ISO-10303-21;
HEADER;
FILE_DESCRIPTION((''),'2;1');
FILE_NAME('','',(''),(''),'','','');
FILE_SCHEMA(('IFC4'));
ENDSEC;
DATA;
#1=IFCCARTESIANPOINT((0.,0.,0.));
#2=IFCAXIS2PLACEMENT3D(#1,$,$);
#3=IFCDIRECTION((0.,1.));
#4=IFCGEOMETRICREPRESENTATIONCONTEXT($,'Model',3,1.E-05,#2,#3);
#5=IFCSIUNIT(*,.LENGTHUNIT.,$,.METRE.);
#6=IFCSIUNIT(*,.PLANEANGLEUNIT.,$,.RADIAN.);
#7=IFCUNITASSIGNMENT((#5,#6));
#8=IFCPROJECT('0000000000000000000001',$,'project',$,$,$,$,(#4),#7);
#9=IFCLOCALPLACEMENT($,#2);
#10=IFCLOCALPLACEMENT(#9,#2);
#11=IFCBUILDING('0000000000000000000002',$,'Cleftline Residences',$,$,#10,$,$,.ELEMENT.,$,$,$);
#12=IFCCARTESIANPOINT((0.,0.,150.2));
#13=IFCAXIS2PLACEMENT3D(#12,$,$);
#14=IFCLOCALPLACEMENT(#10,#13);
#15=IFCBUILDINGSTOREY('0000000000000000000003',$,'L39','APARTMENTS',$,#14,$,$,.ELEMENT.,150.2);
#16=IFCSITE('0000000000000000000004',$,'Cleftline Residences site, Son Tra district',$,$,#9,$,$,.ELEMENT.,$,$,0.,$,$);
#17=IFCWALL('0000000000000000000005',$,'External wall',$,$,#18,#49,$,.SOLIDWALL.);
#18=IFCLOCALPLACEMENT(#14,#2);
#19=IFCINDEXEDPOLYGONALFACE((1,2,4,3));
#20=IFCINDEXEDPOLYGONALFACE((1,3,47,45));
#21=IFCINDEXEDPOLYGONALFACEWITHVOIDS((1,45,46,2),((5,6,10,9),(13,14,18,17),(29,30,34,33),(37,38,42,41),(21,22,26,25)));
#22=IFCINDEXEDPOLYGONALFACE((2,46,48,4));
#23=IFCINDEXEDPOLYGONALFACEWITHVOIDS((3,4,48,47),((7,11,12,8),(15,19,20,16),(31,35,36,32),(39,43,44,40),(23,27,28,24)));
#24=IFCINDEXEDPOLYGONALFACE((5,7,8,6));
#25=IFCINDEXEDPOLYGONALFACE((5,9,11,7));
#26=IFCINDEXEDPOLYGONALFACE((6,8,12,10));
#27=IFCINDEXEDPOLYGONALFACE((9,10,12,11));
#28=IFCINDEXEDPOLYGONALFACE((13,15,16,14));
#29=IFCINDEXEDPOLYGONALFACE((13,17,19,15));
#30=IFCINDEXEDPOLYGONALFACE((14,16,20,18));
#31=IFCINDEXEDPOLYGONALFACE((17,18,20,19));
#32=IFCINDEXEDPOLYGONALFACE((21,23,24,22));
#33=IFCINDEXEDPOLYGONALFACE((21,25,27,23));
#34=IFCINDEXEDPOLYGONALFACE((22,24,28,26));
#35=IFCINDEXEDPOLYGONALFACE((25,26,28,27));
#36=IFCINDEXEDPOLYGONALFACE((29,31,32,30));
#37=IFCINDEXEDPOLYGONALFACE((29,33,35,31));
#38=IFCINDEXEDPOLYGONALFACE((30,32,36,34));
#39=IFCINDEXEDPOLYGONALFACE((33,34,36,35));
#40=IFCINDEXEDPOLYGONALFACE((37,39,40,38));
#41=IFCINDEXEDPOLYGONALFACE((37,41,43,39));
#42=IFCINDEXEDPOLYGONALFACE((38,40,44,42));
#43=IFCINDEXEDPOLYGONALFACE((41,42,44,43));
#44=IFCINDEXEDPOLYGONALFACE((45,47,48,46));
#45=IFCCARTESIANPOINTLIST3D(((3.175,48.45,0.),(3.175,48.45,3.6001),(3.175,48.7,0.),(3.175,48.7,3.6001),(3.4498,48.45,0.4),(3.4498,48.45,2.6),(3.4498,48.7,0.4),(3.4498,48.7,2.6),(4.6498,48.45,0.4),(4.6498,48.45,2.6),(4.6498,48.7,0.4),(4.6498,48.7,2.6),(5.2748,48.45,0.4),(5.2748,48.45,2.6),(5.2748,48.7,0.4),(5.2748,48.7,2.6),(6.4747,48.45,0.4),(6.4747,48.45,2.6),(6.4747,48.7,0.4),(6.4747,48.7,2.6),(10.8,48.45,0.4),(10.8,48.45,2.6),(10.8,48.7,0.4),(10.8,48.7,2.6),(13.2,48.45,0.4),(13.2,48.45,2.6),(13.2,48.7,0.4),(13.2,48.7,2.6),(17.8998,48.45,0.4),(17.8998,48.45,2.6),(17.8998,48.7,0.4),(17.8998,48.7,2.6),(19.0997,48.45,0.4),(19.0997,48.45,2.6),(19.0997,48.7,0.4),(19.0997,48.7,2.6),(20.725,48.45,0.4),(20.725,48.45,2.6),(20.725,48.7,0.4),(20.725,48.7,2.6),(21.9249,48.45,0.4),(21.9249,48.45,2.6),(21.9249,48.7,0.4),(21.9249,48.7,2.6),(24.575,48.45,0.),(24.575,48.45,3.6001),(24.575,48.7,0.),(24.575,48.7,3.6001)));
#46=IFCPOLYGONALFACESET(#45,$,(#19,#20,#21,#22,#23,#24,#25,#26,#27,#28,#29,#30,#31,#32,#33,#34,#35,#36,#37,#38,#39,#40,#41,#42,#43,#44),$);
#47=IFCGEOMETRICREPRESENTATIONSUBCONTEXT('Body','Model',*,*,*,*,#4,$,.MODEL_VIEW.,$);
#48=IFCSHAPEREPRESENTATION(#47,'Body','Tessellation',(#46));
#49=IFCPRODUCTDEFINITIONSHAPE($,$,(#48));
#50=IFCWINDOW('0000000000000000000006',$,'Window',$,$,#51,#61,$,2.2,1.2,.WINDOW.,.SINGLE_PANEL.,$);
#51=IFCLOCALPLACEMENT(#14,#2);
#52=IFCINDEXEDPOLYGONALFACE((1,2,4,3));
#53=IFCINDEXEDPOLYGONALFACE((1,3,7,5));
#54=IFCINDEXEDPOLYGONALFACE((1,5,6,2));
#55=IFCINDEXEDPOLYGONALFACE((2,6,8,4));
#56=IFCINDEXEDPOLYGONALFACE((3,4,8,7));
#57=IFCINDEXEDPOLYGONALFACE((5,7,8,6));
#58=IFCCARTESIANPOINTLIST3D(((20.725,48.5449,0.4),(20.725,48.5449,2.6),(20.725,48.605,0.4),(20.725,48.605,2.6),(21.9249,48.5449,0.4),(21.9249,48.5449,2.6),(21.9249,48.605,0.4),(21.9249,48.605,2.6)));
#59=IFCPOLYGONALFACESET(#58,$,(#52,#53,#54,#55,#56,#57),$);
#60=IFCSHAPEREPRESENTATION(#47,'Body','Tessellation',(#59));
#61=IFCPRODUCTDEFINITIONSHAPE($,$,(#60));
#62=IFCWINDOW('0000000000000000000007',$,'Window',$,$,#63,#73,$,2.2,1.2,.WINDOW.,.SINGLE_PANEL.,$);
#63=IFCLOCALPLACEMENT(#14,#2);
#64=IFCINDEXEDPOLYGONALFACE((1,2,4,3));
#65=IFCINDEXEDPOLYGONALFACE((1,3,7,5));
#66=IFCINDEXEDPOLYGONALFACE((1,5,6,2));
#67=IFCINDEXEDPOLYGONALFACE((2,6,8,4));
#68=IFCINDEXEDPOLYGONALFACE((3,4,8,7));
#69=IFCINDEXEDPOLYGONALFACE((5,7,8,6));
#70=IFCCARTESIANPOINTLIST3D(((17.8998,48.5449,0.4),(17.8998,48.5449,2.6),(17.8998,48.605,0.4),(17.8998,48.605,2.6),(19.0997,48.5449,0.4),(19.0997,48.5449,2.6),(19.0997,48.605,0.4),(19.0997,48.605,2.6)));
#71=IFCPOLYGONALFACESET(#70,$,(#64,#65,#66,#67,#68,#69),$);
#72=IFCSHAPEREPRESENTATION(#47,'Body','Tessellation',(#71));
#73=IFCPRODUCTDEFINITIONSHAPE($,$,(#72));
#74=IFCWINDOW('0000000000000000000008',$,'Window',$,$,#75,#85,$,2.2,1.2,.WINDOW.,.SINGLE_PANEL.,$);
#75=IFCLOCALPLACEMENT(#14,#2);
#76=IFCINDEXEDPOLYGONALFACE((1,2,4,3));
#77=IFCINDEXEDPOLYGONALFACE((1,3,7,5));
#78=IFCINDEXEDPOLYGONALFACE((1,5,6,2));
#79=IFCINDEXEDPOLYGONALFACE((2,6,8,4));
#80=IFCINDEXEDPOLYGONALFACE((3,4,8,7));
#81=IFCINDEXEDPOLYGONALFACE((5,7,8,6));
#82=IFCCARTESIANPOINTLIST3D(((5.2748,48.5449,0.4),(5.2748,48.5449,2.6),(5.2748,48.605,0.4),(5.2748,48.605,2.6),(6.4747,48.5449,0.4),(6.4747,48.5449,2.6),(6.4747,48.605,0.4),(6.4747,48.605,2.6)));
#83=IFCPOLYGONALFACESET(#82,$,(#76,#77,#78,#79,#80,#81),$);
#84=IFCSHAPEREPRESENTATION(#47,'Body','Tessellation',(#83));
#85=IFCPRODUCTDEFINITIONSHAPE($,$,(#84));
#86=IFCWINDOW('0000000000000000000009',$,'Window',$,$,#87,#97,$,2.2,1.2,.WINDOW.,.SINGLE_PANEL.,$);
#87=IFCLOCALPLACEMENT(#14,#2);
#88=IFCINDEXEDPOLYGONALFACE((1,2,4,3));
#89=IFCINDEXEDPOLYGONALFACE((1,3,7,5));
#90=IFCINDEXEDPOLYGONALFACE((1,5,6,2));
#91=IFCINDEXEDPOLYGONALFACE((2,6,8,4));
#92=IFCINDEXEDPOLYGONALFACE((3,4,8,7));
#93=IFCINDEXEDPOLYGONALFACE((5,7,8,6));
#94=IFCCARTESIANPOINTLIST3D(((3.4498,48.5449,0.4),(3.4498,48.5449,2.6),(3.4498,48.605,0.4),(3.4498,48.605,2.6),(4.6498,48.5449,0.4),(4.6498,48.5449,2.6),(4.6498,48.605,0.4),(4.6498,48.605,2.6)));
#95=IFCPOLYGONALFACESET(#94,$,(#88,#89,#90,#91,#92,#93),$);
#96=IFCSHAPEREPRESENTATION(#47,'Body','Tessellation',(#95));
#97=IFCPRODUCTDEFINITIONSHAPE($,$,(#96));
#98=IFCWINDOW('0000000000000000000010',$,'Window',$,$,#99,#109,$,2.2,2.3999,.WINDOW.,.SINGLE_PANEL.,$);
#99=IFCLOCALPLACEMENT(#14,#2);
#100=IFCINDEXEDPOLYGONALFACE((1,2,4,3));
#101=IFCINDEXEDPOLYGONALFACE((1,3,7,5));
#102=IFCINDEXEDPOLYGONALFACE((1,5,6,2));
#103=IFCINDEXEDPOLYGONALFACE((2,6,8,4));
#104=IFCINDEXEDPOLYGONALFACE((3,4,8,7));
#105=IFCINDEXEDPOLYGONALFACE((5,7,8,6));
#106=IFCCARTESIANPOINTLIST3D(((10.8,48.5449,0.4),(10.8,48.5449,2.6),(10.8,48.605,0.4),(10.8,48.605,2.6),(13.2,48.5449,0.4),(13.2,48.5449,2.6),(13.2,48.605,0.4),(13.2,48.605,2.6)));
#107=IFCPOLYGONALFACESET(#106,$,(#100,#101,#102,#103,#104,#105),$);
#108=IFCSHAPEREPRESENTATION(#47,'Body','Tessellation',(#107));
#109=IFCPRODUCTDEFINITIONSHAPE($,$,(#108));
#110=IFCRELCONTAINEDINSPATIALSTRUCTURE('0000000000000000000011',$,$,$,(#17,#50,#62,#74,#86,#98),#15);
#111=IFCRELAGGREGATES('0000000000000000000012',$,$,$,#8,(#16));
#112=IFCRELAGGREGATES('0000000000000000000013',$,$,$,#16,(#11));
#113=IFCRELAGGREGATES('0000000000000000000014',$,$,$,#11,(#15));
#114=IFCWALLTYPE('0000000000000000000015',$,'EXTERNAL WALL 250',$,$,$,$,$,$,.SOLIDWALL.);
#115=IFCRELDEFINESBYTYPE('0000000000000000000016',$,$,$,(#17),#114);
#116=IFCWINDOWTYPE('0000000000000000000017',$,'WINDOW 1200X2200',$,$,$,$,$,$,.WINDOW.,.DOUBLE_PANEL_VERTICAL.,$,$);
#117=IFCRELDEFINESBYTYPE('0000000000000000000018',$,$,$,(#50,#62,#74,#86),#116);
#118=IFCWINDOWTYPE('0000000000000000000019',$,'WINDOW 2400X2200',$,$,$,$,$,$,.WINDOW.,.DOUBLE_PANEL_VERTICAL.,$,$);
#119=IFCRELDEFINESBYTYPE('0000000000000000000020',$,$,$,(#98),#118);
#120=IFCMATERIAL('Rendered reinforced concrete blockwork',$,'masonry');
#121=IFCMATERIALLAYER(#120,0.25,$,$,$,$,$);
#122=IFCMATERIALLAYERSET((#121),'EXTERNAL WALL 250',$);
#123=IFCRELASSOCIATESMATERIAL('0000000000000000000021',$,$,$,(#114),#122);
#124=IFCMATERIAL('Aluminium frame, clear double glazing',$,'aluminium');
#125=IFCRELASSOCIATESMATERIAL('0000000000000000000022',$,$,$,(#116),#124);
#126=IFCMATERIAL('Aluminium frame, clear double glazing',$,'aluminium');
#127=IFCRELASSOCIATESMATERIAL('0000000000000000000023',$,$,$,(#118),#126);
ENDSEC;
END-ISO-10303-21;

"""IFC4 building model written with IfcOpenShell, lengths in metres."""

from ifc_helpers import new_model, si_unit, direction, frame, frame_2d, origin, place, context, subcontext, project, spatial, rectangle, extrude, material, layer, layer_set, type_object, element, fill, save


model = new_model("IFC4")

# Units and contexts
model_context = context("Model", 3, precision=1e-05, world=origin(), true_north=direction((0.0, 1.0)))
body_context = subcontext(model_context, "Body", "Model", "MODEL_VIEW")
ifc_project = project(units=[si_unit("LENGTHUNIT", "METRE"), si_unit("PLANEANGLEUNIT", "RADIAN")], contexts=[model_context])

# Site, building, storey
site_placement = place(None, origin())
site = spatial("IfcSite", under=ifc_project, at=site_placement, Name="Cleftline Residences site, Son Tra district", CompositionType="ELEMENT", RefElevation=0.0)
building_placement = place(site_placement, origin())
building = spatial("IfcBuilding", under=site, at=building_placement, Name="Cleftline Residences", CompositionType="ELEMENT")
storey_placement = place(building_placement, frame((0.0, 0.0, 150.2)))
storey = spatial("IfcBuildingStorey", under=building, at=storey_placement, Name="L39", Description="APARTMENTS", CompositionType="ELEMENT", Elevation=150.2)

# Wall, openings, windows
ifc_material_1 = material(Name="Rendered reinforced concrete blockwork", Category="masonry")
ifc_layer_1 = layer(ifc_material_1, 0.25)
ifc_layer_set_1 = layer_set([ifc_layer_1], Name="EXTERNAL WALL 250")
wall_type = type_object("IfcWallType", Name="EXTERNAL WALL 250", PredefinedType="SOLIDWALL", material=ifc_layer_set_1)
wall_placement = place(storey_placement, frame((24.575, 48.575, 0.0), z_axis=(0.0, 0.0, 1.0), x_axis=(-1.0, 0.0, 0.0)))
wall = element("IfcWall", 1, at=wall_placement, inside=storey, type_object=wall_type, Name="External wall", PredefinedType="SOLIDWALL", context=body_context, shape_type="SweptSolid", body=[
    extrude(rectangle(XDim=21.3999, YDim=0.25, at=frame_2d((10.7, 0.0))), origin(), (0.0, 0.0, 1.0), 3.6001),
])
opening_1_placement = place(wall_placement, frame((2.6499, 0.0, 0.3999)))
opening_1 = element("IfcOpeningElement", 2, at=opening_1_placement, cuts=wall, PredefinedType="OPENING", context=body_context, shape_type="SweptSolid", body=[
    extrude(rectangle(XDim=1.2, YDim=2.2, at=frame_2d((0.6001, 1.1001))), frame((0.0, 0.135, 0.0), z_axis=(0.0, -1.0, 0.0), x_axis=(1.0, 0.0, 0.0)), (0.0, 0.0, 1.0), 0.27),
])
opening_2_placement = place(wall_placement, frame((5.4751, 0.0, 0.3999)))
opening_2 = element("IfcOpeningElement", 3, at=opening_2_placement, cuts=wall, PredefinedType="OPENING", context=body_context, shape_type="SweptSolid", body=[
    extrude(rectangle(XDim=1.2, YDim=2.2, at=frame_2d((0.6001, 1.1001))), frame((0.0, 0.135, 0.0), z_axis=(0.0, -1.0, 0.0), x_axis=(1.0, 0.0, 0.0)), (0.0, 0.0, 1.0), 0.27),
])
opening_3_placement = place(wall_placement, frame((11.375, 0.0, 0.3999)))
opening_3 = element("IfcOpeningElement", 4, at=opening_3_placement, cuts=wall, PredefinedType="OPENING", context=body_context, shape_type="SweptSolid", body=[
    extrude(rectangle(XDim=2.3999, YDim=2.2, at=frame_2d((1.2, 1.1001))), frame((0.0, 0.135, 0.0), z_axis=(0.0, -1.0, 0.0), x_axis=(1.0, 0.0, 0.0)), (0.0, 0.0, 1.0), 0.27),
])
opening_4_placement = place(wall_placement, frame((18.1001, 0.0, 0.3999)))
opening_4 = element("IfcOpeningElement", 5, at=opening_4_placement, cuts=wall, PredefinedType="OPENING", context=body_context, shape_type="SweptSolid", body=[
    extrude(rectangle(XDim=1.2, YDim=2.2, at=frame_2d((0.6001, 1.1001))), frame((0.0, 0.135, 0.0), z_axis=(0.0, -1.0, 0.0), x_axis=(1.0, 0.0, 0.0)), (0.0, 0.0, 1.0), 0.27),
])
opening_5_placement = place(wall_placement, frame((19.925, 0.0, 0.3999)))
opening_5 = element("IfcOpeningElement", 6, at=opening_5_placement, cuts=wall, PredefinedType="OPENING", context=body_context, shape_type="SweptSolid", body=[
    extrude(rectangle(XDim=1.2, YDim=2.2, at=frame_2d((0.6001, 1.1001))), frame((0.0, 0.135, 0.0), z_axis=(0.0, -1.0, 0.0), x_axis=(1.0, 0.0, 0.0)), (0.0, 0.0, 1.0), 0.27),
])
ifc_material_2 = material(Name="Aluminium frame, clear double glazing", Category="aluminium")
window_type_1 = type_object("IfcWindowType", Name="WINDOW 1200X2200", PartitioningType="DOUBLE_PANEL_VERTICAL", PredefinedType="WINDOW", material=ifc_material_2)
window_1_placement = place(opening_1_placement, origin())
window_1 = element("IfcWindow", 7, at=window_1_placement, inside=storey, type_object=window_type_1, Name="Window", OverallHeight=2.2, OverallWidth=1.2, PartitioningType="SINGLE_PANEL", PredefinedType="WINDOW", context=body_context, shape_type="SweptSolid", body=[
    extrude(rectangle(XDim=1.2, YDim=2.2, at=frame_2d((0.6001, 1.1001))), frame((0.0, 0.03, 0.0), z_axis=(0.0, -1.0, 0.0), x_axis=(1.0, 0.0, 0.0)), (0.0, 0.0, 1.0), 0.0601),
])
fill(opening_1, window_1)
window_2_placement = place(opening_2_placement, origin())
window_2 = element("IfcWindow", 8, at=window_2_placement, inside=storey, type_object=window_type_1, Name="Window", OverallHeight=2.2, OverallWidth=1.2, PartitioningType="SINGLE_PANEL", PredefinedType="WINDOW", context=body_context, shape_type="SweptSolid", body=[
    extrude(rectangle(XDim=1.2, YDim=2.2, at=frame_2d((0.6001, 1.1001))), frame((0.0, 0.03, 0.0), z_axis=(0.0, -1.0, 0.0), x_axis=(1.0, 0.0, 0.0)), (0.0, 0.0, 1.0), 0.0601),
])
fill(opening_2, window_2)
window_3_placement = place(opening_4_placement, origin())
window_3 = element("IfcWindow", 9, at=window_3_placement, inside=storey, type_object=window_type_1, Name="Window", OverallHeight=2.2, OverallWidth=1.2, PartitioningType="SINGLE_PANEL", PredefinedType="WINDOW", context=body_context, shape_type="SweptSolid", body=[
    extrude(rectangle(XDim=1.2, YDim=2.2, at=frame_2d((0.6001, 1.1001))), frame((0.0, 0.03, 0.0), z_axis=(0.0, -1.0, 0.0), x_axis=(1.0, 0.0, 0.0)), (0.0, 0.0, 1.0), 0.0601),
])
fill(opening_4, window_3)
window_4_placement = place(opening_5_placement, origin())
window_4 = element("IfcWindow", 10, at=window_4_placement, inside=storey, type_object=window_type_1, Name="Window", OverallHeight=2.2, OverallWidth=1.2, PartitioningType="SINGLE_PANEL", PredefinedType="WINDOW", context=body_context, shape_type="SweptSolid", body=[
    extrude(rectangle(XDim=1.2, YDim=2.2, at=frame_2d((0.6001, 1.1001))), frame((0.0, 0.03, 0.0), z_axis=(0.0, -1.0, 0.0), x_axis=(1.0, 0.0, 0.0)), (0.0, 0.0, 1.0), 0.0601),
])
fill(opening_5, window_4)
ifc_material_3 = material(Name="Aluminium frame, clear double glazing", Category="aluminium")
window_type_2 = type_object("IfcWindowType", Name="WINDOW 2400X2200", PartitioningType="DOUBLE_PANEL_VERTICAL", PredefinedType="WINDOW", material=ifc_material_3)
window_5_placement = place(opening_3_placement, origin())
window_5 = element("IfcWindow", 11, at=window_5_placement, inside=storey, type_object=window_type_2, Name="Window", OverallHeight=2.2, OverallWidth=2.3999, PartitioningType="SINGLE_PANEL", PredefinedType="WINDOW", context=body_context, shape_type="SweptSolid", body=[
    extrude(rectangle(XDim=2.3999, YDim=2.2, at=frame_2d((1.2, 1.1001))), frame((0.0, 0.03, 0.0), z_axis=(0.0, -1.0, 0.0), x_axis=(1.0, 0.0, 0.0)), (0.0, 0.0, 1.0), 0.0601),
])
fill(opening_3, window_5)

save(model, "model.ifc")
